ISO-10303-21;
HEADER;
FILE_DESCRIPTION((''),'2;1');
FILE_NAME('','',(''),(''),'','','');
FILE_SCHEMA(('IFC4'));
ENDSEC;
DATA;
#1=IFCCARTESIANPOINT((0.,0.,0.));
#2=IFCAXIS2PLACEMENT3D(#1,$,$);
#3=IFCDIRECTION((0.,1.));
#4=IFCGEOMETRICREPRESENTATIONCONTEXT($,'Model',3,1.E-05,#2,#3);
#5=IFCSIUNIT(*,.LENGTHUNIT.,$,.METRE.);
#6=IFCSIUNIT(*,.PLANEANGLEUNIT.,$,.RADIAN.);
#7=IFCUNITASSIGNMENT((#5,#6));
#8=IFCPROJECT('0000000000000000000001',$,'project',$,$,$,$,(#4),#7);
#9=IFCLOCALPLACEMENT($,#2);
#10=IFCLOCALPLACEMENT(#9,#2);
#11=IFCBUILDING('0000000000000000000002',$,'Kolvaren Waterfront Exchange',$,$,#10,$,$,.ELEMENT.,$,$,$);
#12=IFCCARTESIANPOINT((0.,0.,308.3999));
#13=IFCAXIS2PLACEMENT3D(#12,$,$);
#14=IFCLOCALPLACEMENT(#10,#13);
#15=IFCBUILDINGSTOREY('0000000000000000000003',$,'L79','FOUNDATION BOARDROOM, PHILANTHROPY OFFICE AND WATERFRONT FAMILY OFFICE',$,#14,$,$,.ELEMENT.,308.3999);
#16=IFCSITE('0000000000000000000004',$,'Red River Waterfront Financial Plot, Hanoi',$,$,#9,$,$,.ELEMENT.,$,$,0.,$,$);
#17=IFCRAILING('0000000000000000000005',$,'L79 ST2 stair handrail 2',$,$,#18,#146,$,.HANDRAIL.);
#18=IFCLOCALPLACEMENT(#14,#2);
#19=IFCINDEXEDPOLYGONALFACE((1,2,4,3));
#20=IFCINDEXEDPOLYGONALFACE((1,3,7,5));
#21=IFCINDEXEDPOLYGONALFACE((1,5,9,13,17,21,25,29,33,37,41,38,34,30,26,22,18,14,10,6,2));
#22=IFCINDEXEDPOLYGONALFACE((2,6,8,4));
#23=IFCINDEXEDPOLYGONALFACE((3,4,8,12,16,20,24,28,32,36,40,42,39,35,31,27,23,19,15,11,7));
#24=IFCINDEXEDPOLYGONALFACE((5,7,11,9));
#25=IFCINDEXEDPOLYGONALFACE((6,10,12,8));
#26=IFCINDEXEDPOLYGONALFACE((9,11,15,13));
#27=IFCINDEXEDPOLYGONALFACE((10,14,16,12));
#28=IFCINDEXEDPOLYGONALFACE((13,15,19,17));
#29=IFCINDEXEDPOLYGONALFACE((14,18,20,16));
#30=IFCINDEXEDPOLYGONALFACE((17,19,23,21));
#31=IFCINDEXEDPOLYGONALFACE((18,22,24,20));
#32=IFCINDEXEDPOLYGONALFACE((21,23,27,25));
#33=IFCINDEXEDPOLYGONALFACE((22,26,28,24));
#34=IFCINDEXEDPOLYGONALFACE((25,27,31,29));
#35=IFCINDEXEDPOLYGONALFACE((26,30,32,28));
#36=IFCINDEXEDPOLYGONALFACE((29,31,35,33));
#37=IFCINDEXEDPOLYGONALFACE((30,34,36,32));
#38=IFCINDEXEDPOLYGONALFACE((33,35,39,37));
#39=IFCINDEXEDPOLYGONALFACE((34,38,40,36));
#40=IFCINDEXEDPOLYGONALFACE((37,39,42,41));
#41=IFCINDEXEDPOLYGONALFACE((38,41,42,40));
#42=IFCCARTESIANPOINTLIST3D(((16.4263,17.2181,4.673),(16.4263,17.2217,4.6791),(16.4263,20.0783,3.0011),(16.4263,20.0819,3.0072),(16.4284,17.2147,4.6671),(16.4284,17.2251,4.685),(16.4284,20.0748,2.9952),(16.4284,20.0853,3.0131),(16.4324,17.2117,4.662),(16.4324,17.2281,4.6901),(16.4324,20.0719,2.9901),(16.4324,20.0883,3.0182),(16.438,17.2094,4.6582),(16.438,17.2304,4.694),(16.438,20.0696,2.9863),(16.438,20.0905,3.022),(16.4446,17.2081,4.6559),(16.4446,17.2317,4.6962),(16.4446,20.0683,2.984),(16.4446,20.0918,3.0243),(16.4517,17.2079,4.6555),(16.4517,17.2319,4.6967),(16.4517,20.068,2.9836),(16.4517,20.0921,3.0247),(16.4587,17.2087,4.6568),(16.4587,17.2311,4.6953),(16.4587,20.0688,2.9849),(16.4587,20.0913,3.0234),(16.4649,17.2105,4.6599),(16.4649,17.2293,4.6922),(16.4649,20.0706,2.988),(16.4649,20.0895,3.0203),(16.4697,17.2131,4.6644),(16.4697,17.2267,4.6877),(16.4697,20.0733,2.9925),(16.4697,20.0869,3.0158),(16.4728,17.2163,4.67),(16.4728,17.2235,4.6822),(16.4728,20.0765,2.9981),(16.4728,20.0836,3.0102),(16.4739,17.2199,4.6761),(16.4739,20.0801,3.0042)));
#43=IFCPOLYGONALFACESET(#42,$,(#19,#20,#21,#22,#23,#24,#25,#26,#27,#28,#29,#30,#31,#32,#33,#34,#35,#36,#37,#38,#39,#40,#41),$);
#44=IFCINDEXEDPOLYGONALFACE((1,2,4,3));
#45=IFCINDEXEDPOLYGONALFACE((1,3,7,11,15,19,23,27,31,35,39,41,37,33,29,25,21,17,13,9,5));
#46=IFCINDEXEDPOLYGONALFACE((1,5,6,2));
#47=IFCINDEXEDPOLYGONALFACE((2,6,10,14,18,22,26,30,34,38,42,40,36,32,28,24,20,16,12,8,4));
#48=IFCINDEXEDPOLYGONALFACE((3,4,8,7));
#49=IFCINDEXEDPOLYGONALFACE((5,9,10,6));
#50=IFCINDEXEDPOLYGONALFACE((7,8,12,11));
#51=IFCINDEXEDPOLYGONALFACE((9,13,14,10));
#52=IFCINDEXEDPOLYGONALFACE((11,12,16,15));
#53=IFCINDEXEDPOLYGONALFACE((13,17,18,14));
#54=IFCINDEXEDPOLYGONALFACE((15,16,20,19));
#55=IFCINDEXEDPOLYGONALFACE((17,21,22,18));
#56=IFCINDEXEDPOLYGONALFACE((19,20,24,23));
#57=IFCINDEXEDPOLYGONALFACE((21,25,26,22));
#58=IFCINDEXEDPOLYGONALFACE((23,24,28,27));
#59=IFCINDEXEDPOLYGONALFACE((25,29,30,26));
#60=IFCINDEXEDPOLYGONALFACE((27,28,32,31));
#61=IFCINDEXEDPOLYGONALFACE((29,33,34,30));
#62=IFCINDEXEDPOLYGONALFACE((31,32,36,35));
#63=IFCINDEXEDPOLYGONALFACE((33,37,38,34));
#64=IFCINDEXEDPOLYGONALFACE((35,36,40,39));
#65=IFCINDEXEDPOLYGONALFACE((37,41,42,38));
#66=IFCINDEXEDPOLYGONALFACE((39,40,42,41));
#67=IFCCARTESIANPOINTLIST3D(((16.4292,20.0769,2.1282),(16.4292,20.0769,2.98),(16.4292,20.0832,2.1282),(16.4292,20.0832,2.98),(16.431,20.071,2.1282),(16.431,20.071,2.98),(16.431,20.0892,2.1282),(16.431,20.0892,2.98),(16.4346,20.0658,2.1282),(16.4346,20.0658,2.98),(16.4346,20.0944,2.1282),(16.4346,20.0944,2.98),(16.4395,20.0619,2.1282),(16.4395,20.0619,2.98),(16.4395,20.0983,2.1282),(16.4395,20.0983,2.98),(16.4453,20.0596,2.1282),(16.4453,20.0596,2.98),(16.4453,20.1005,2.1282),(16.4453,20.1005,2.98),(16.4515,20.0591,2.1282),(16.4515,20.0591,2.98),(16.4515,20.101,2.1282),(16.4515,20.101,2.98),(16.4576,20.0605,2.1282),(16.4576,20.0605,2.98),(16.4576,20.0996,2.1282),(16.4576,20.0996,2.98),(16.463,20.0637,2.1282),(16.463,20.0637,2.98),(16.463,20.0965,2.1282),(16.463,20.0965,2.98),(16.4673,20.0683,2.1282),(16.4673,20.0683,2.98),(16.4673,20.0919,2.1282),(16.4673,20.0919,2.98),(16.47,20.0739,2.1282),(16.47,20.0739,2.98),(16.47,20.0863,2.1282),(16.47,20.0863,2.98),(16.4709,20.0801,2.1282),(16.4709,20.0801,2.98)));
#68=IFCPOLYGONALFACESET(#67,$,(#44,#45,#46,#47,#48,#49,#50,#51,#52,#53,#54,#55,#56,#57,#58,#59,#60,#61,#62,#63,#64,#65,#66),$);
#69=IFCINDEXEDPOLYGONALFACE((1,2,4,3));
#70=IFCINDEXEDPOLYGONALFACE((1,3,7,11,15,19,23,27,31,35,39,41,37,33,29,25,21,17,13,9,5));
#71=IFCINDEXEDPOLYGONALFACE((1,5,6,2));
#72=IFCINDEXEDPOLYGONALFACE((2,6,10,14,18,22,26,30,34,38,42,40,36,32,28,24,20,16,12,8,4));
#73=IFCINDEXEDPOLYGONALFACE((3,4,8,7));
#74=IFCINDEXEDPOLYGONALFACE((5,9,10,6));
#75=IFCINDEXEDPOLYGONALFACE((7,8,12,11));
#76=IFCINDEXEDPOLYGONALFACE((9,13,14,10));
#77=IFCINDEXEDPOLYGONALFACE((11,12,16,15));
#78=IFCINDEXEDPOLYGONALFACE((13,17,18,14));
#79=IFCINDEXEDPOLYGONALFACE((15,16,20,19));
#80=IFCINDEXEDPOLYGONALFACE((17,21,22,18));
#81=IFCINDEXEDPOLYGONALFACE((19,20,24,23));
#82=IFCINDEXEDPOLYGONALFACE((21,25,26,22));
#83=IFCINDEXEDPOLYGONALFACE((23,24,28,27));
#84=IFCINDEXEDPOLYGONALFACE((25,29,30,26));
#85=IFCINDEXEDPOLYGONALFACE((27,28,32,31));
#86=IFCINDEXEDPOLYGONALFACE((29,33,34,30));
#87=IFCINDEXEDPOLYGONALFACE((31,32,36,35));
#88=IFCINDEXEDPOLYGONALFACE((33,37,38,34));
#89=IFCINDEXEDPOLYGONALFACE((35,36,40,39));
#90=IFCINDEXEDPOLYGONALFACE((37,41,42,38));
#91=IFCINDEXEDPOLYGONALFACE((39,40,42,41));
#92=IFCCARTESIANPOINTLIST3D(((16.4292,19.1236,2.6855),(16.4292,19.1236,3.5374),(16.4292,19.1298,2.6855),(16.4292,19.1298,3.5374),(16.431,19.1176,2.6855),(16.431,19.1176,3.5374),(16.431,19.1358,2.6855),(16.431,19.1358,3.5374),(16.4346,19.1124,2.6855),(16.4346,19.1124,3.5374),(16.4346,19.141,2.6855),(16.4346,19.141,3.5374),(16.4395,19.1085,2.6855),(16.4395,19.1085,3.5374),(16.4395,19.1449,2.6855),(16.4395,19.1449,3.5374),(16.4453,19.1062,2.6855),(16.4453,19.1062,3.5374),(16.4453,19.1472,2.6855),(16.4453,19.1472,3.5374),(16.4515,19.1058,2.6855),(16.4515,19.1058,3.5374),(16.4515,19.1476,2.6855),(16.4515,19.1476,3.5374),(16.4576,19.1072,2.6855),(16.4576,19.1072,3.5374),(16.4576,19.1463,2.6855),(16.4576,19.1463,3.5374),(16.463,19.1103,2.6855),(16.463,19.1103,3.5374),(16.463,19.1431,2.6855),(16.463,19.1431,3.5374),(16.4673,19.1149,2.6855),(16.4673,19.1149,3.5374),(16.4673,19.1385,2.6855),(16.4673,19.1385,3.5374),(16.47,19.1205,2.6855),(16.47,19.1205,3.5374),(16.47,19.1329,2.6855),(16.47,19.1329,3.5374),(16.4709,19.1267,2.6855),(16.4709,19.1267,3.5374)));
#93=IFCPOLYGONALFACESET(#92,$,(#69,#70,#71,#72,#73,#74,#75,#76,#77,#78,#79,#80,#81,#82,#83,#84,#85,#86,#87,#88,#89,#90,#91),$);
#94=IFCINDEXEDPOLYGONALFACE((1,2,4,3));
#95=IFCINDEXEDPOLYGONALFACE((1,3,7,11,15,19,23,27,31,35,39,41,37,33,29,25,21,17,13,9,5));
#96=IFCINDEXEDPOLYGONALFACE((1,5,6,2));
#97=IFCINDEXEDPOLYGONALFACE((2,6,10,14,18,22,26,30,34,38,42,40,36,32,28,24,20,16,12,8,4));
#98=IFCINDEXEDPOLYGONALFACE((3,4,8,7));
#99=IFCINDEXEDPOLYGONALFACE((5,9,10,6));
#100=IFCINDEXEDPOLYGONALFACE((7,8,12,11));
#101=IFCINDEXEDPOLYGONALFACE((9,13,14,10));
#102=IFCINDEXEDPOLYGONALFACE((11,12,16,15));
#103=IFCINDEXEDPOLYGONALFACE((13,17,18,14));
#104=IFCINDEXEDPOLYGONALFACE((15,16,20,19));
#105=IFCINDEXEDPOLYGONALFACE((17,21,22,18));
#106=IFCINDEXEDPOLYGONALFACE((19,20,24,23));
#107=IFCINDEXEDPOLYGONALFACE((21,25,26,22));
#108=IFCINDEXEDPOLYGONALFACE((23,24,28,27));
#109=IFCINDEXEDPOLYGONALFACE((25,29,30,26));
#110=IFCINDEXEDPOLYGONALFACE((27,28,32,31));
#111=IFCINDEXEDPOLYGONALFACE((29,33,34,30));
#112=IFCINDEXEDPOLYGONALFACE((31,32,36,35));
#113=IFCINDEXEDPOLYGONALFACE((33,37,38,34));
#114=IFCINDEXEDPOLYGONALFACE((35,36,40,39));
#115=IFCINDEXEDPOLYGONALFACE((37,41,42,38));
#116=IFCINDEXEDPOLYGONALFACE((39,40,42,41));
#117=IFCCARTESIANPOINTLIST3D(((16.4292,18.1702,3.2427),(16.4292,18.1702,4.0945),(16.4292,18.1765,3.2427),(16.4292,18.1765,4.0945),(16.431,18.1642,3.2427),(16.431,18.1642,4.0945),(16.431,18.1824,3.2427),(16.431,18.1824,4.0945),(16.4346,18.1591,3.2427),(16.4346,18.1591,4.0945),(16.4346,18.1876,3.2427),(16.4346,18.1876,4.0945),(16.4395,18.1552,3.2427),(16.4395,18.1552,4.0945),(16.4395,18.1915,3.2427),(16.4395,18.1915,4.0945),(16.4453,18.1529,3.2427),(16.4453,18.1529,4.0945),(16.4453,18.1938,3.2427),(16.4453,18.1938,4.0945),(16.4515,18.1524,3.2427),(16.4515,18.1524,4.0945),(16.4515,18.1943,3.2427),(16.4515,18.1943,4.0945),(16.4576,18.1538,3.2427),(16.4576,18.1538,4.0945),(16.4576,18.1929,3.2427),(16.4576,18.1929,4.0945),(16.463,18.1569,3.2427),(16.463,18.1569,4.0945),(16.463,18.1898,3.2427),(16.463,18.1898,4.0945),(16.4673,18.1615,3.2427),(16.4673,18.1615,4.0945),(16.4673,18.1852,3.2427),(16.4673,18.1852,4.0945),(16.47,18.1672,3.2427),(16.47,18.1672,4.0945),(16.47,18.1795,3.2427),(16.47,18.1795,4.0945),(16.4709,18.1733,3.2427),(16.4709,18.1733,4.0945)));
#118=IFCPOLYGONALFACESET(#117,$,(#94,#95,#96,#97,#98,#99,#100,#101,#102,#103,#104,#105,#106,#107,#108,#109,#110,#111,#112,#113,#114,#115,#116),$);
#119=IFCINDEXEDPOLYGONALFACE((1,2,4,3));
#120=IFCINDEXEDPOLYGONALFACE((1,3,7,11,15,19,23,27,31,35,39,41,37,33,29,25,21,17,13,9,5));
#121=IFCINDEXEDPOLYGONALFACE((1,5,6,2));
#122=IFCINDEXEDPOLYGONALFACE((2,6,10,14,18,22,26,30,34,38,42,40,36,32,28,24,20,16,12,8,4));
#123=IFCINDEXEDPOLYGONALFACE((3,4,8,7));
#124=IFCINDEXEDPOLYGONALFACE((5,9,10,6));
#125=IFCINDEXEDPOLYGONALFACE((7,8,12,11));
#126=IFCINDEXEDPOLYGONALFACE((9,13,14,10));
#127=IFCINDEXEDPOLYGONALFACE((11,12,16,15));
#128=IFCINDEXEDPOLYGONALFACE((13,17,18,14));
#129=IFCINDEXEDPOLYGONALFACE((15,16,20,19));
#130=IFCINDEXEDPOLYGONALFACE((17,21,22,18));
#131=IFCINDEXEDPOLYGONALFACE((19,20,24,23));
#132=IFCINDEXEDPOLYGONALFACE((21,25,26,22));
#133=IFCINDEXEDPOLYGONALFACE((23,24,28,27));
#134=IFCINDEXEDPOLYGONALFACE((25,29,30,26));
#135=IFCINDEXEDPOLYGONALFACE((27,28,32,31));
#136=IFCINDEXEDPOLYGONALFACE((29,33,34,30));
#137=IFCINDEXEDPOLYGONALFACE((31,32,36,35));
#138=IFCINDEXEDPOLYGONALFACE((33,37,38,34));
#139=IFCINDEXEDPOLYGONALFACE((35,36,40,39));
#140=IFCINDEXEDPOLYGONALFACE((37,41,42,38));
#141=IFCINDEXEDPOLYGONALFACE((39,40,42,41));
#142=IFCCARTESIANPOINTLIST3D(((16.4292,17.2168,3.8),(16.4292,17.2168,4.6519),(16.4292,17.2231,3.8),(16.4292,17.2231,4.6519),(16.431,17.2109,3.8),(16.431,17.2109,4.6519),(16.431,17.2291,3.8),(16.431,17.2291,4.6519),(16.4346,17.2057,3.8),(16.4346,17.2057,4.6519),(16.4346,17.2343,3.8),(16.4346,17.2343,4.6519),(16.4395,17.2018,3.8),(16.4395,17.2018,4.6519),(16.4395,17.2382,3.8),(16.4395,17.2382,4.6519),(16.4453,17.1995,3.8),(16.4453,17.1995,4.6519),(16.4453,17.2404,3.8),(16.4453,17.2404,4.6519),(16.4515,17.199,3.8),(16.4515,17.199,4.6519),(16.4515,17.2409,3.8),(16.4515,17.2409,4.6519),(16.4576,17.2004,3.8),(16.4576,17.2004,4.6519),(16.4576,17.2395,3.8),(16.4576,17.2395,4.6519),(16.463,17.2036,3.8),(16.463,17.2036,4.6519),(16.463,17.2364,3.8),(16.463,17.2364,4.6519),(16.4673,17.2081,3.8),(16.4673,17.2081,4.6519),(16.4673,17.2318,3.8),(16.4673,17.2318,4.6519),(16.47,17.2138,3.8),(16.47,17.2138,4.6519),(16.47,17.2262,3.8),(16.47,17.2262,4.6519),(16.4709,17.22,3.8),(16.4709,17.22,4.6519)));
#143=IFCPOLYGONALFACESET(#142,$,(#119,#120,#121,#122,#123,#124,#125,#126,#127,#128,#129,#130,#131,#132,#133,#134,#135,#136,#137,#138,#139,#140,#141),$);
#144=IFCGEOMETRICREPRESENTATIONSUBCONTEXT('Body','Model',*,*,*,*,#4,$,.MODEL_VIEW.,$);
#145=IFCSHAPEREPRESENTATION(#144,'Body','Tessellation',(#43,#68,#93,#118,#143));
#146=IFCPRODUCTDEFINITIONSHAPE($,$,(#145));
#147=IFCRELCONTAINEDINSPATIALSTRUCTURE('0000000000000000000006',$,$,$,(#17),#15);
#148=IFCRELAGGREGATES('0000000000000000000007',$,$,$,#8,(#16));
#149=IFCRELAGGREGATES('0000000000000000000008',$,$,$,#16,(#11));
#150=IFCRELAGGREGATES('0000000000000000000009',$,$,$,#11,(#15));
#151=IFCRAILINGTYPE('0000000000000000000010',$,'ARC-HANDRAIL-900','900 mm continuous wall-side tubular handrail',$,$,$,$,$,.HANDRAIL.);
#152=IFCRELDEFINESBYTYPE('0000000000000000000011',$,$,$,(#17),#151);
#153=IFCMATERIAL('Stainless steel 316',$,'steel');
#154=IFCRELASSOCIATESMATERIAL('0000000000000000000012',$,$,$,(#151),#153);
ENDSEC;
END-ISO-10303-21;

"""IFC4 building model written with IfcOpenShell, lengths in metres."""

from ifc_helpers import new_model, si_unit, direction, frame, origin, origin_2d, place, context, subcontext, project, spatial, circle, extrude, material, type_object, element, save


model = new_model("IFC4")

# Units and contexts
model_context = context("Model", 3, precision=1e-05, world=origin(), true_north=direction((0.0, 1.0)))
body_context = subcontext(model_context, "Body", "Model", "MODEL_VIEW")
ifc_project = project(units=[si_unit("LENGTHUNIT", "METRE"), si_unit("PLANEANGLEUNIT", "RADIAN")], contexts=[model_context])

# Site, building, storey
site_placement = place(None, origin())
site = spatial("IfcSite", under=ifc_project, at=site_placement, Name="Red River Waterfront Financial Plot, Hanoi", CompositionType="ELEMENT", RefElevation=0.0)
building_placement = place(site_placement, origin())
building = spatial("IfcBuilding", under=site, at=building_placement, Name="Kolvaren Waterfront Exchange", CompositionType="ELEMENT")
storey_placement = place(building_placement, frame((0.0, 0.0, 308.3999)))
storey = spatial("IfcBuildingStorey", under=building, at=storey_placement, Name="L79", Description="FOUNDATION BOARDROOM, PHILANTHROPY OFFICE AND WATERFRONT FAMILY OFFICE", CompositionType="ELEMENT", Elevation=308.3999)

# Railing
ifc_material_1 = material(Name="Stainless steel 316", Category="steel")
railing_type_1 = type_object("IfcRailingType", Name="ARC-HANDRAIL-900", Description="900 mm continuous wall-side tubular handrail", PredefinedType="HANDRAIL", material=ifc_material_1)
railing_1_placement = place(storey_placement, frame((16.45, 20.0801, 2.1282)))
element("IfcRailing", 1, at=railing_1_placement, inside=storey, type_object=railing_type_1, Name="L79 ST2 stair handrail 2", PredefinedType="HANDRAIL", context=body_context, shape_type="SweptSolid", body=[
    extrude(circle(Radius=0.0239, at=origin_2d()), frame((0.0, 0.0, 0.876), z_axis=(0.0, -0.863321, 0.504654), x_axis=(1.0, 0.0, 0.0)), (0.0, 0.0, 1.0), 3.313),
    extrude(circle(Radius=0.021, at=origin_2d()), origin(), (0.0, 0.0, 1.0), 0.8518),
    extrude(circle(Radius=0.021, at=origin_2d()), frame((0.0, -0.9534, 0.5574)), (0.0, 0.0, 1.0), 0.8518),
    extrude(circle(Radius=0.021, at=origin_2d()), frame((0.0, -1.9067, 1.1145)), (0.0, 0.0, 1.0), 0.8518),
    extrude(circle(Radius=0.021, at=origin_2d()), frame((0.0, -2.8601, 1.6719)), (0.0, 0.0, 1.0), 0.8518),
])

save(model, "model.ifc")
